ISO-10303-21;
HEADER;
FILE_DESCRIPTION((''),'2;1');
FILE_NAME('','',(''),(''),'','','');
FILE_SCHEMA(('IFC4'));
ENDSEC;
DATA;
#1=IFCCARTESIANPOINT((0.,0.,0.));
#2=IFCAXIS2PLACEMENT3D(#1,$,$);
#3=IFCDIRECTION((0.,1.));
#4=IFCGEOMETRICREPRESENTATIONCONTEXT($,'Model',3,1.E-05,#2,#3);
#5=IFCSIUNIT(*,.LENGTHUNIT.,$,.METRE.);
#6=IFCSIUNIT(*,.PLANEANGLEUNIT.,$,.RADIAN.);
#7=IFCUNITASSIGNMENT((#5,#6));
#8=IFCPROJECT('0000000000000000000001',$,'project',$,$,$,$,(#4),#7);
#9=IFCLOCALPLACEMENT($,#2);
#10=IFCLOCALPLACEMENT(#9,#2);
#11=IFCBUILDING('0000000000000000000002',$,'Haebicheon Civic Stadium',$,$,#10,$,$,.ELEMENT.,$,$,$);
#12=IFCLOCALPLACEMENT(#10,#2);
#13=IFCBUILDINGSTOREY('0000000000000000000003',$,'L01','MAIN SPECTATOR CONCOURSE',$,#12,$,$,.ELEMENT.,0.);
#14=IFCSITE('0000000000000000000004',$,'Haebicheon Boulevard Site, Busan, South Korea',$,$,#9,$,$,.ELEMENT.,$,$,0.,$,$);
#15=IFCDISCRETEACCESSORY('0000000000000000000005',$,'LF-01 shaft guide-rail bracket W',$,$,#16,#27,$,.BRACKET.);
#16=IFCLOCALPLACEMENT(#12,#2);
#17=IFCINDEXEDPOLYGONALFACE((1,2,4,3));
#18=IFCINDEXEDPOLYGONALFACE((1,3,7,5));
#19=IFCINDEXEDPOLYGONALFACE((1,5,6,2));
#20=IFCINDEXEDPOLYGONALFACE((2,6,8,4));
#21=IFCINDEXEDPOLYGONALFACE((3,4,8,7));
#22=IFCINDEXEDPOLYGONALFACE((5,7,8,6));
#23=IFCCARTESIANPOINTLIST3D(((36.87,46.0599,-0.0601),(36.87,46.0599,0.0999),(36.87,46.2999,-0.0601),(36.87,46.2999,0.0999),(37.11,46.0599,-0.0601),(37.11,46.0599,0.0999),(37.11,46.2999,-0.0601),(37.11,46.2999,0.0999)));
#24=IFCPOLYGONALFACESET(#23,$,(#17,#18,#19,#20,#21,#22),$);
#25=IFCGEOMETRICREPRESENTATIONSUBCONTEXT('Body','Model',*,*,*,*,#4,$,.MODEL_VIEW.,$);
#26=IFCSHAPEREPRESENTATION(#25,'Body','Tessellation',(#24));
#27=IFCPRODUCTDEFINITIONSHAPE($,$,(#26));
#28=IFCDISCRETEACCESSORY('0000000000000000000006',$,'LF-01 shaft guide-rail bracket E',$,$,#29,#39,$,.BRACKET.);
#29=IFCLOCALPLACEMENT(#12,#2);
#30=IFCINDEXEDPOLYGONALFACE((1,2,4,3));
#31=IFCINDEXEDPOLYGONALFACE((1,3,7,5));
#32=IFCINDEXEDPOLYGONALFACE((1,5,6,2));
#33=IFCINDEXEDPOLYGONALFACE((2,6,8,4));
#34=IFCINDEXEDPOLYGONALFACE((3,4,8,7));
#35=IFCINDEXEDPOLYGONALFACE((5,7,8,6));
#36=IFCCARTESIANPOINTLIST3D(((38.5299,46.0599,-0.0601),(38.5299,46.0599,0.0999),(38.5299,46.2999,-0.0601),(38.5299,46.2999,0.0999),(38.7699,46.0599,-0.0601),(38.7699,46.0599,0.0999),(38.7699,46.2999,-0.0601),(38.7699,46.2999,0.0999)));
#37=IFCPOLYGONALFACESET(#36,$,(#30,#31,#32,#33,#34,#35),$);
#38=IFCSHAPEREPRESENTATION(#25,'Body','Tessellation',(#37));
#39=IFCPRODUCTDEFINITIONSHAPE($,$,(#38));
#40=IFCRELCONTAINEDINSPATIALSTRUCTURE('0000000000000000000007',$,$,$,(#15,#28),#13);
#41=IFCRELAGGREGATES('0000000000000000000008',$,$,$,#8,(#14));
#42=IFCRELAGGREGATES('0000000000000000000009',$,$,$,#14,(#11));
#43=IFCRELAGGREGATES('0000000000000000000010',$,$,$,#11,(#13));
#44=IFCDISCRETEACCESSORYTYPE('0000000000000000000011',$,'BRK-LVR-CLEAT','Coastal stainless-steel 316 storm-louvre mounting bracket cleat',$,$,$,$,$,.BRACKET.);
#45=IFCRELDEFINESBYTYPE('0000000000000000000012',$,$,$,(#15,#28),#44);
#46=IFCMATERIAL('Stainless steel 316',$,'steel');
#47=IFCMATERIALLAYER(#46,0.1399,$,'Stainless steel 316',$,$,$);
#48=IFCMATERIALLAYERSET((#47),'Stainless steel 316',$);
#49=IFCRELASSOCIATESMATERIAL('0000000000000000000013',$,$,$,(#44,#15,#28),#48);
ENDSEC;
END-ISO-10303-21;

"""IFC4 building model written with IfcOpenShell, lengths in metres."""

from ifc_helpers import new_model, si_unit, direction, frame, origin, origin_2d, place, context, subcontext, project, spatial, rectangle, extrude, material, layer, layer_set, type_object, element, save


model = new_model("IFC4")

# Units and contexts
model_context = context("Model", 3, precision=1e-05, world=origin(), true_north=direction((0.0, 1.0)))
body_context = subcontext(model_context, "Body", "Model", "MODEL_VIEW")
ifc_project = project(units=[si_unit("LENGTHUNIT", "METRE"), si_unit("PLANEANGLEUNIT", "RADIAN")], contexts=[model_context])

# Site, building, storey
site_placement = place(None, origin())
site = spatial("IfcSite", under=ifc_project, at=site_placement, Name="Haebicheon Boulevard Site, Busan, South Korea", CompositionType="ELEMENT", RefElevation=0.0)
building_placement = place(site_placement, origin())
building = spatial("IfcBuilding", under=site, at=building_placement, Name="Haebicheon Civic Stadium", CompositionType="ELEMENT")
storey_placement = place(building_placement, origin())
storey = spatial("IfcBuildingStorey", under=building, at=storey_placement, Name="L01", Description="MAIN SPECTATOR CONCOURSE", CompositionType="ELEMENT", Elevation=0.0)

# Discrete accessories
ifc_material_1 = material(Name="Stainless steel 316", Category="steel")
ifc_layer_1 = layer(ifc_material_1, 0.1399, Name="Stainless steel 316")
ifc_layer_set_1 = layer_set([ifc_layer_1], Name="Stainless steel 316")
discrete_accessory_type = type_object("IfcDiscreteAccessoryType", Name="BRK-LVR-CLEAT", Description="Coastal stainless-steel 316 storm-louvre mounting bracket cleat", PredefinedType="BRACKET", material=ifc_layer_set_1)
for number, where, z_axis, x_axis, name in (
    (1, (36.99, 46.1799, -0.0601), (0.0, 0.0, 1.0), (1.0, 0.0, 0.0), "LF-01 shaft guide-rail bracket W"),
    (2, (38.6499, 46.1799, -0.0601), (0.0, 0.0, 1.0), (1.0, 0.0, 0.0), "LF-01 shaft guide-rail bracket E"),
):
    element("IfcDiscreteAccessory", number, at=place(storey_placement, frame(where, z_axis=z_axis, x_axis=x_axis)), inside=storey, type_object=discrete_accessory_type, material=ifc_layer_set_1, Name=name, PredefinedType="BRACKET", context=body_context, shape_type="SweptSolid", body=[
        extrude(rectangle(XDim=0.24, YDim=0.24, at=origin_2d()), origin(), (0.0, 0.0, 1.0), 0.1599),
    ])

save(model, "model.ifc")
